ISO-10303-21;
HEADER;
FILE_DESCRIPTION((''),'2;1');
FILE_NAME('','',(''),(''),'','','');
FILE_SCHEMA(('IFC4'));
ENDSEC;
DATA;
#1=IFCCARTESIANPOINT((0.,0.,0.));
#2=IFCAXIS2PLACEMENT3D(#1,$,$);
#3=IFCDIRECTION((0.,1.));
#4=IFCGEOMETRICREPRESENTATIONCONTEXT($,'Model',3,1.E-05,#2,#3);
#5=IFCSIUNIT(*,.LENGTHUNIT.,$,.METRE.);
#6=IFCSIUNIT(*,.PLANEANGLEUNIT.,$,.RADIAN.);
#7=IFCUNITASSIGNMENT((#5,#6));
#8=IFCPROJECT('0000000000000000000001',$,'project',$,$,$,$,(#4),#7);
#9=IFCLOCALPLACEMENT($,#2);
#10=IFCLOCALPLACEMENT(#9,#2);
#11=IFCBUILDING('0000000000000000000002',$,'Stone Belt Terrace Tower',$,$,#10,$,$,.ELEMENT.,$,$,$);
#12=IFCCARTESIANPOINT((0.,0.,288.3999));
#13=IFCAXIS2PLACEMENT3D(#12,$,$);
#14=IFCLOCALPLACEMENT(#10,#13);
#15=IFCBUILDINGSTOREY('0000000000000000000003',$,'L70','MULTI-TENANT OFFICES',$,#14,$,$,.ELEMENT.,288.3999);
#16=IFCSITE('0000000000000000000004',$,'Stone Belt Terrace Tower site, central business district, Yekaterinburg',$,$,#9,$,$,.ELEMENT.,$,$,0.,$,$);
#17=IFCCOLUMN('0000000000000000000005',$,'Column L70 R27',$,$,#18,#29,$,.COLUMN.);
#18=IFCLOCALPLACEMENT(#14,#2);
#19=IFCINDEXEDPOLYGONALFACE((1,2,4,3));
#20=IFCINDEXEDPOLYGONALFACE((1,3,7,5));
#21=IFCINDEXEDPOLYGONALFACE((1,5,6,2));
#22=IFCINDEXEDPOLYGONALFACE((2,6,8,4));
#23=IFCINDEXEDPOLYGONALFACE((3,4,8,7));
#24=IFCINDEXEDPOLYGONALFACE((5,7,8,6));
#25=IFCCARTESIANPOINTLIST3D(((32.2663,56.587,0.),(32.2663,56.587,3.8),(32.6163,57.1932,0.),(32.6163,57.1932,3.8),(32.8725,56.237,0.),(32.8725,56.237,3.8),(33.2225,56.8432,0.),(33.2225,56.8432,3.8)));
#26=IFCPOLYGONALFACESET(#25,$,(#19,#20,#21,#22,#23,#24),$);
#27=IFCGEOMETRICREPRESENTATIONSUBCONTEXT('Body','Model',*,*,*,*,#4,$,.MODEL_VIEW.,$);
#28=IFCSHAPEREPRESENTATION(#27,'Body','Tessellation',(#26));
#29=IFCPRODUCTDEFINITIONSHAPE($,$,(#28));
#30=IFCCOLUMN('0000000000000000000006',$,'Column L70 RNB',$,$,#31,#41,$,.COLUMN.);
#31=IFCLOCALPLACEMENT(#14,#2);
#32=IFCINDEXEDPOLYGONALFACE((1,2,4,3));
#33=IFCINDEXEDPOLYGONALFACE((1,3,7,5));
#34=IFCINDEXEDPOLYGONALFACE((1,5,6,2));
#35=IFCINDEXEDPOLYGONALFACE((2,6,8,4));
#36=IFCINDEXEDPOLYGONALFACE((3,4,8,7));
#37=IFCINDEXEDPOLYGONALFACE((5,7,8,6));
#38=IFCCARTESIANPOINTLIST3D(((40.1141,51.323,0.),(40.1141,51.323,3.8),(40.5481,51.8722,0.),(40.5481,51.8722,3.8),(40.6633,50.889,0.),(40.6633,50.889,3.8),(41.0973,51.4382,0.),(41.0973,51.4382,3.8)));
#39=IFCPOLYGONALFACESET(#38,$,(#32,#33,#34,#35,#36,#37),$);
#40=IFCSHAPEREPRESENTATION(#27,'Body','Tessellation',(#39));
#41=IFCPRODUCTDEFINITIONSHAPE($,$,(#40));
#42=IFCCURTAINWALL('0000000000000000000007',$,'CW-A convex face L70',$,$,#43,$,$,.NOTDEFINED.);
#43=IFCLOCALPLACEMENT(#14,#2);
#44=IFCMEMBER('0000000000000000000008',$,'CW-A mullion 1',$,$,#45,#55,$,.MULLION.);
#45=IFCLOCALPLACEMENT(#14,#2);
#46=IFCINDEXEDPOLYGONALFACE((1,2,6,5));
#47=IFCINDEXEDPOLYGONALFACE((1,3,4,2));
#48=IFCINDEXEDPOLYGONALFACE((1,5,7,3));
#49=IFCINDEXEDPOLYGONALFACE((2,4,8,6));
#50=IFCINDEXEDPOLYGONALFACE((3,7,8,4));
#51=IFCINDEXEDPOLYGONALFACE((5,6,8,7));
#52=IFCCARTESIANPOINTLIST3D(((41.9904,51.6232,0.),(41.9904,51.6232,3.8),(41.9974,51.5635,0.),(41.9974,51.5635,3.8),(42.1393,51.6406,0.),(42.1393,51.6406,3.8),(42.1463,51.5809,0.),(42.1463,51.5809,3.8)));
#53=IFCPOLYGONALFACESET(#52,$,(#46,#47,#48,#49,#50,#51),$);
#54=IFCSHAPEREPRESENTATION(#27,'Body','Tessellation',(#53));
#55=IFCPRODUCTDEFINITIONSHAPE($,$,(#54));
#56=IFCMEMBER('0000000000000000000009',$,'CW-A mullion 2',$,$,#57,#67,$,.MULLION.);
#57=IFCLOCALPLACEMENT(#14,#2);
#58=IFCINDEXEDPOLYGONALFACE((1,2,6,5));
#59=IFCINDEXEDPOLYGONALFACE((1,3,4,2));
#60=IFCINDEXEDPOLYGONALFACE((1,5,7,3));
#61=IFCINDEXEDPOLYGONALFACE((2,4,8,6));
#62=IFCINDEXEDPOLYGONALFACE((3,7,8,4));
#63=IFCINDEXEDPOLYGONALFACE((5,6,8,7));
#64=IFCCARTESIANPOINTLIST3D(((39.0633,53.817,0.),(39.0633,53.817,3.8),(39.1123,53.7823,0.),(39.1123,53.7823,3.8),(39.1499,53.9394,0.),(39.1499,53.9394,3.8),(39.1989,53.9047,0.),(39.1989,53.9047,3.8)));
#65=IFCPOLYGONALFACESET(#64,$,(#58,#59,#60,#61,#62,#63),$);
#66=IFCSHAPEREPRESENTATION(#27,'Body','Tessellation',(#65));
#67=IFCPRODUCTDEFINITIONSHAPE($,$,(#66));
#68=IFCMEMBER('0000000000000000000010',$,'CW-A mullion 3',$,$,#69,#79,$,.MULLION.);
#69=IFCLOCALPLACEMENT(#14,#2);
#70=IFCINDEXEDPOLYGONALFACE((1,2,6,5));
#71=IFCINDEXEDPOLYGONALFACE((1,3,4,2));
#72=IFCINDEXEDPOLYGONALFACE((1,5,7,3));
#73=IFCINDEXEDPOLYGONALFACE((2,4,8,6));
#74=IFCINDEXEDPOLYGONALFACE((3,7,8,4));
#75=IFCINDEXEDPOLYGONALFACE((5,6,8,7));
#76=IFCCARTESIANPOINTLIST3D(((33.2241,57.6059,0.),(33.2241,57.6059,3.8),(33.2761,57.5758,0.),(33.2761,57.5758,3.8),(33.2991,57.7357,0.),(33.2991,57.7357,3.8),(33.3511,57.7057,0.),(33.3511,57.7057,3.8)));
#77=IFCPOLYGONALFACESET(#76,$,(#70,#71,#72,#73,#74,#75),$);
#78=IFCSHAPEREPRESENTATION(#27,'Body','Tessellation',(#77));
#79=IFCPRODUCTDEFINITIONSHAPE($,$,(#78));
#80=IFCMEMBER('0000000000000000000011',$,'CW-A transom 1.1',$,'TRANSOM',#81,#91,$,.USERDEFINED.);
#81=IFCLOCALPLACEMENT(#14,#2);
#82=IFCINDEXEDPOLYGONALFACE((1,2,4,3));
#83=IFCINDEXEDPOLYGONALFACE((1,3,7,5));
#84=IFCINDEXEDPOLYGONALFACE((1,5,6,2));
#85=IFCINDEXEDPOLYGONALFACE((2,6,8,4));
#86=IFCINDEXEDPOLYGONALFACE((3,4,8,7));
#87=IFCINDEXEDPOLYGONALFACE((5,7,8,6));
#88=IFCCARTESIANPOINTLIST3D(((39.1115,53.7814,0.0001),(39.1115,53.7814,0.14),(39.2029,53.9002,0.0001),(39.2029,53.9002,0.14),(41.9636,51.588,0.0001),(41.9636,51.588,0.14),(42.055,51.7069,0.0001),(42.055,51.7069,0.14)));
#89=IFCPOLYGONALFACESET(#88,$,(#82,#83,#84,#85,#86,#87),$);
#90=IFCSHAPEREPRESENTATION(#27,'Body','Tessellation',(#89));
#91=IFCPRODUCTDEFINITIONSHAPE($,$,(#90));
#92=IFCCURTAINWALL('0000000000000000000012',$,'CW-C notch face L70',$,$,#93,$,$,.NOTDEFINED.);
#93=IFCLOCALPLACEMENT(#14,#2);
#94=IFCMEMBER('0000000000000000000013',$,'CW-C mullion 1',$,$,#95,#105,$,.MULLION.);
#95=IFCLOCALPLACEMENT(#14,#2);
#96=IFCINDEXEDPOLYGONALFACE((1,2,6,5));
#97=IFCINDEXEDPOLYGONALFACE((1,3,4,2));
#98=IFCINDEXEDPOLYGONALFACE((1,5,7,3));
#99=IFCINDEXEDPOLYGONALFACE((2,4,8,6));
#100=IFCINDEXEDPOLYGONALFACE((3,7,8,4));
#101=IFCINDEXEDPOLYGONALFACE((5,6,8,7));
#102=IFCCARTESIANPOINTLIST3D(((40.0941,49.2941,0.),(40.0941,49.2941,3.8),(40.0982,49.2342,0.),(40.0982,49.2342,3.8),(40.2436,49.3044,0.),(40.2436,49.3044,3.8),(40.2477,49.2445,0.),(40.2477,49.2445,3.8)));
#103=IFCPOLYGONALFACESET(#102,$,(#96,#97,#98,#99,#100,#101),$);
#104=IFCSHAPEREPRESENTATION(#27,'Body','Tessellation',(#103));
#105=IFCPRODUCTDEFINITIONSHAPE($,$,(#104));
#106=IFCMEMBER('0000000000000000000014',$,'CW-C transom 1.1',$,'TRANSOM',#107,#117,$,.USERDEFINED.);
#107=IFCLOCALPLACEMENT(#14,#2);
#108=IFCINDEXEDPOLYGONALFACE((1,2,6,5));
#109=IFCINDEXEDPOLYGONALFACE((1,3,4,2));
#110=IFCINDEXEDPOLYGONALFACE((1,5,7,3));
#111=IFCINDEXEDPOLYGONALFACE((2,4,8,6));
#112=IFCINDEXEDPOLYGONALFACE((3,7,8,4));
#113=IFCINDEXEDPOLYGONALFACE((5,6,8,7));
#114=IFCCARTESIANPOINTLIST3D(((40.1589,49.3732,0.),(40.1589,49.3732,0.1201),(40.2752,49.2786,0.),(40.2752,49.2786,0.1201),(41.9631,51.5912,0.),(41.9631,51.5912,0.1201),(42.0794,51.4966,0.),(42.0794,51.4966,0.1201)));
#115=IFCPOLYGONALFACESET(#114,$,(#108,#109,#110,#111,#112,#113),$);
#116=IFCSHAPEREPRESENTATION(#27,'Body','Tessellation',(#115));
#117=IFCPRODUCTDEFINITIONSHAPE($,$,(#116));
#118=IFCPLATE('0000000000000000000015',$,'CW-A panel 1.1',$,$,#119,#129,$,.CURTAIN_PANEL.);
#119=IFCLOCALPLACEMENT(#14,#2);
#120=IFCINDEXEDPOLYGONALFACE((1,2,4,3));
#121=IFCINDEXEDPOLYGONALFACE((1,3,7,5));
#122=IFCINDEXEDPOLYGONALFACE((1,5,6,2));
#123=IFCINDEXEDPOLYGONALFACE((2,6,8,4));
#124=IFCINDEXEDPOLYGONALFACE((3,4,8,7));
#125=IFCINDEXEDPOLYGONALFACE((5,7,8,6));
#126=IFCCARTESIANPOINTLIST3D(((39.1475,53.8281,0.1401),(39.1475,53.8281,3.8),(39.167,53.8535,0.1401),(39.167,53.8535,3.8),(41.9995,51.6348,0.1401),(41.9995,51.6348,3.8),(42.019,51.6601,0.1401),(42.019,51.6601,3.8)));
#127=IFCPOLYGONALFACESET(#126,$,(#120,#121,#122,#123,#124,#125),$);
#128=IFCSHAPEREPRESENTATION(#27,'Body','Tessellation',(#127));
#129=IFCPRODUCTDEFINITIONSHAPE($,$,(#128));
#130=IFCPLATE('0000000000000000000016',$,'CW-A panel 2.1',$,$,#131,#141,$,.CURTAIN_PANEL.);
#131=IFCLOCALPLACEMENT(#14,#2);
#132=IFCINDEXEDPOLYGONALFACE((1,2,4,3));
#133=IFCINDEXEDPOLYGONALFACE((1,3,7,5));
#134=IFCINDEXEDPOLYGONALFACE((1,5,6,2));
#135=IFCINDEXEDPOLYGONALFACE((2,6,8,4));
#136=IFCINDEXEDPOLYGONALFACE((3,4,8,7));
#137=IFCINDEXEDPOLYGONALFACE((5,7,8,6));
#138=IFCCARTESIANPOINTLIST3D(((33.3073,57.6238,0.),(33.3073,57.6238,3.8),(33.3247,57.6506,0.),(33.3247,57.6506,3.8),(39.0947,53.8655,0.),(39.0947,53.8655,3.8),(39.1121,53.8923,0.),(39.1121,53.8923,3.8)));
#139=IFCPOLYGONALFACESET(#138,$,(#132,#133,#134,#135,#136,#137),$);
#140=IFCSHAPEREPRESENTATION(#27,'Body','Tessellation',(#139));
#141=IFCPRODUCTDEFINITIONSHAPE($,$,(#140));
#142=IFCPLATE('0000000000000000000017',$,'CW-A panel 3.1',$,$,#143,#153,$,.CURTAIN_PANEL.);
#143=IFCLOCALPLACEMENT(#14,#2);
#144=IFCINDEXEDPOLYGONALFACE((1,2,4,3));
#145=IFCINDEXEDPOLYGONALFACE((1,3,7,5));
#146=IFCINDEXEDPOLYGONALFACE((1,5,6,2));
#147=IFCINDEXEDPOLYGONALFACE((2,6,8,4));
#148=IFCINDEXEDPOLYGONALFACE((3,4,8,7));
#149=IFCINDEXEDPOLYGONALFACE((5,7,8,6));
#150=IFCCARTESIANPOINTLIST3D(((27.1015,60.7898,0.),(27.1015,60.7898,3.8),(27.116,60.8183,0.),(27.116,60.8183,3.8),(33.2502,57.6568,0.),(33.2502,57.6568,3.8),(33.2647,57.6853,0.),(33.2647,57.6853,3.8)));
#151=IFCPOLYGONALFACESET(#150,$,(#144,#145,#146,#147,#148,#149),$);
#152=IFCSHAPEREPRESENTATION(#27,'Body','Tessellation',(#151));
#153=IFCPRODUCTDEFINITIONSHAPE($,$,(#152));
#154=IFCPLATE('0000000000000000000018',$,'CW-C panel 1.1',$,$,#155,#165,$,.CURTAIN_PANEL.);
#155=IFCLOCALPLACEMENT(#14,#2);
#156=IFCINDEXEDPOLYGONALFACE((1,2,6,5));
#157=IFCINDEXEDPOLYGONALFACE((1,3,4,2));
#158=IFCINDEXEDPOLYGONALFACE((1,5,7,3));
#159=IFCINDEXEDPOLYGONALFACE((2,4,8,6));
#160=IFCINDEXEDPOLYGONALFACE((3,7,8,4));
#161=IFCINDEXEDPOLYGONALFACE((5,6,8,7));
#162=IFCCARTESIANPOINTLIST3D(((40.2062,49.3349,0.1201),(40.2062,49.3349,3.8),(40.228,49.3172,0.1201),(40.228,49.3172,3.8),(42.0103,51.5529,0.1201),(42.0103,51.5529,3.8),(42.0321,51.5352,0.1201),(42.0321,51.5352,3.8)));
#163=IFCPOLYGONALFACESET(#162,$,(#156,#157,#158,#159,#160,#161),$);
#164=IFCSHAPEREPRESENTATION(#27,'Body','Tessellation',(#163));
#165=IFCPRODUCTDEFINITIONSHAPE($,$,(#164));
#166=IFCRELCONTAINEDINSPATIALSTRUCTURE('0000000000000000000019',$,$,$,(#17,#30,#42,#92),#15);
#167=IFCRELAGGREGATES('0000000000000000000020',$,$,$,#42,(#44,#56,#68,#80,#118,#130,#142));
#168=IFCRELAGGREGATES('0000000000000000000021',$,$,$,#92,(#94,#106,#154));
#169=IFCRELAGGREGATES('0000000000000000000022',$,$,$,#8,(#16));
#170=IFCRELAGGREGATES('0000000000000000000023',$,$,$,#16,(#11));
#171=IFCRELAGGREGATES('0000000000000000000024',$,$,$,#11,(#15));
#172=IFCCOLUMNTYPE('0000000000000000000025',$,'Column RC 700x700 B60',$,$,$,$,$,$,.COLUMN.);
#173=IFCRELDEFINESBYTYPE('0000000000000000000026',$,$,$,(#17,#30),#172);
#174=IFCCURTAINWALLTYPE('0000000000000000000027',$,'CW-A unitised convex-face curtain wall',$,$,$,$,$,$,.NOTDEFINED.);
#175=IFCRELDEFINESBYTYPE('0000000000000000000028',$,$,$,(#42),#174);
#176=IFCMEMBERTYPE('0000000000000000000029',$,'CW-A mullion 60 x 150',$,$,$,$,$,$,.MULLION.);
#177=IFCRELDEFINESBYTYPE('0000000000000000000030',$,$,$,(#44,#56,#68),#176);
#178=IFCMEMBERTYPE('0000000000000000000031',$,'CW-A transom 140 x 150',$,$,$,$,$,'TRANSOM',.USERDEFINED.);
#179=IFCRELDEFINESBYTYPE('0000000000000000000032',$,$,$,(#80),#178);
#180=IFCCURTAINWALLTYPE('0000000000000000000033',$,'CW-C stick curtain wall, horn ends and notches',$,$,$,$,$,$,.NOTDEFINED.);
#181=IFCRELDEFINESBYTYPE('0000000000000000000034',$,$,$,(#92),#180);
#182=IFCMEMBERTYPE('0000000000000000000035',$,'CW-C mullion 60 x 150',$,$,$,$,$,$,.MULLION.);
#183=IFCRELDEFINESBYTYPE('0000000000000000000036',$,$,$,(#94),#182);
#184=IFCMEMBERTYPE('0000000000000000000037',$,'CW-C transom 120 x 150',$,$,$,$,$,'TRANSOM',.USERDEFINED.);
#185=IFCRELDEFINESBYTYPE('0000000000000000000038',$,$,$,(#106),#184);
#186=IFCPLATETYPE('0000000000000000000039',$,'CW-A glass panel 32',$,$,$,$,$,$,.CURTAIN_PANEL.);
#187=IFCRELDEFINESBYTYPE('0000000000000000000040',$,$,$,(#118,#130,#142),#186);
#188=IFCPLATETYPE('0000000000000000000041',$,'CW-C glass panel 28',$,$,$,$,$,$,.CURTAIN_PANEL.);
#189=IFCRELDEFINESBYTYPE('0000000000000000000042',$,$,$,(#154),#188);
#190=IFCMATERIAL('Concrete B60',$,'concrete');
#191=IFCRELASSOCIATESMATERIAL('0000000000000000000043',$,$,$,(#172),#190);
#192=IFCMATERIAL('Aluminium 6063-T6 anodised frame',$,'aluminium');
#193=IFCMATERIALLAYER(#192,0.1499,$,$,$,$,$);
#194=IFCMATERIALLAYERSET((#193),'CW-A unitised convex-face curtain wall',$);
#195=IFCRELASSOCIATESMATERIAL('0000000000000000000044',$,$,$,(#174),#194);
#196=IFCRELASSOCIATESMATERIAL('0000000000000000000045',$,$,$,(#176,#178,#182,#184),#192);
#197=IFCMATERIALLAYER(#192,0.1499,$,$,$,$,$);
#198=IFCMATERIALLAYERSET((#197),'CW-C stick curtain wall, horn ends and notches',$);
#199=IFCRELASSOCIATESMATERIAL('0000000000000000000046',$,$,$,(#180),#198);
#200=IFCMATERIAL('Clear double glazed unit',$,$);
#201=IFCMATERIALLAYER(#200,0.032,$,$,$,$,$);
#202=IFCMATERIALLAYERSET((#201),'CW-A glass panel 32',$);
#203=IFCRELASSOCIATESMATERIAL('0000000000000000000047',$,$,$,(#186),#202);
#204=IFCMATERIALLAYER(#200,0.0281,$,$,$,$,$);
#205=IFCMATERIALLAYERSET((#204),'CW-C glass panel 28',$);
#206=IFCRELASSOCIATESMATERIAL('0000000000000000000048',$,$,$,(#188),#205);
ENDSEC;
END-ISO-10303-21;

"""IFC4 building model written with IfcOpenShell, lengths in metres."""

from ifc_helpers import new_model, si_unit, direction, frame, origin, origin_2d, place, context, subcontext, project, spatial, rectangle, extrude, material, layer, layer_set, material_profile, profile_set, type_object, element, aggregate, save


model = new_model("IFC4")

# Units and contexts
model_context = context("Model", 3, precision=1e-05, world=origin(), true_north=direction((0.0, 1.0)))
body_context = subcontext(model_context, "Body", "Model", "MODEL_VIEW")
ifc_project = project(units=[si_unit("LENGTHUNIT", "METRE"), si_unit("PLANEANGLEUNIT", "RADIAN")], contexts=[model_context])

# Site, building, storey
site_placement = place(None, origin())
site = spatial("IfcSite", under=ifc_project, at=site_placement, Name="Stone Belt Terrace Tower site, central business district, Yekaterinburg", CompositionType="ELEMENT", RefElevation=0.0)
building_placement = place(site_placement, origin())
building = spatial("IfcBuilding", under=site, at=building_placement, Name="Stone Belt Terrace Tower", CompositionType="ELEMENT")
storey_placement = place(building_placement, frame((0.0, 0.0, 288.3999)))
storey = spatial("IfcBuildingStorey", under=building, at=storey_placement, Name="L70", Description="MULTI-TENANT OFFICES", CompositionType="ELEMENT", Elevation=288.3999)

# Columns
ifc_material_1 = material(Name="Concrete B60", Category="concrete")
ifc_material_profile_1 = material_profile(ifc_material_1, rectangle(XDim=0.7, YDim=0.7, at=origin_2d()), Name="RC 700x700")
ifc_profile_set_1 = profile_set([ifc_material_profile_1], Name="Concrete B60")
column_type = type_object("IfcColumnType", Name="Column RC 700x700 B60", PredefinedType="COLUMN", material=ifc_profile_set_1)
for number, where, z_axis, x_axis, name in (
    (1, (32.7444, 56.7151, 0.0), (0.0, 0.0, 1.0), (0.866025, -0.5, 0.0), "Column L70 R27"),
    (2, (40.6057, 51.3806, 0.0), (0.0, 0.0, 1.0), (0.78457, -0.620041, 0.0), "Column L70 RNB"),
):
    element("IfcColumn", number, at=place(storey_placement, frame(where, z_axis=z_axis, x_axis=x_axis)), inside=storey, type_object=column_type, Name=name, PredefinedType="COLUMN", context=body_context, shape_type="SweptSolid", body=[
        extrude(rectangle(XDim=0.7, YDim=0.7, at=origin_2d()), origin(), (0.0, 0.0, 1.0), 3.8),
    ])

# Curtain walls, members
ifc_material_2 = material(Name="Aluminium 6063-T6 anodised frame", Category="aluminium")
ifc_layer_1 = layer(ifc_material_2, 0.1499)
ifc_layer_set_1 = layer_set([ifc_layer_1], Name="CW-A unitised convex-face curtain wall")
curtain_wall_type_1 = type_object("IfcCurtainWallType", Name="CW-A unitised convex-face curtain wall", PredefinedType="NOTDEFINED", material=ifc_layer_set_1)
curtain_wall_1_placement = place(storey_placement, origin())
curtain_wall_1 = element("IfcCurtainWall", 3, at=curtain_wall_1_placement, inside=storey, type_object=curtain_wall_type_1, Name="CW-A convex face L70", PredefinedType="NOTDEFINED")
ifc_material_profile_2 = material_profile(ifc_material_2, rectangle(XDim=0.1499, YDim=0.0601, at=origin_2d()), Name="Aluminium 6063-T6 60x150")
ifc_profile_set_2 = profile_set([ifc_material_profile_2], Name="Aluminium 6063-T6 anodised frame")
member_type_1 = type_object("IfcMemberType", Name="CW-A mullion 60 x 150", PredefinedType="MULLION", material=ifc_profile_set_2)
member_1_placement = place(storey_placement, frame((42.0684, 51.6021, 0.0), z_axis=(0.0, 0.0, 1.0), x_axis=(-0.993258, -0.115925, 0.0)))
member_1 = element("IfcMember", 4, at=member_1_placement, type_object=member_type_1, Name="CW-A mullion 1", PredefinedType="MULLION", context=body_context, shape_type="SweptSolid", body=[
    extrude(rectangle(XDim=0.1499, YDim=0.0601, at=origin_2d()), origin(), (0.0, 0.0, 1.0), 3.8),
])
member_2_placement = place(storey_placement, frame((39.1311, 53.8608, 0.0), z_axis=(0.0, 0.0, 1.0), x_axis=(-0.577587, -0.816329, 0.0)))
member_2 = element("IfcMember", 5, at=member_2_placement, type_object=member_type_1, Name="CW-A mullion 2", PredefinedType="MULLION", context=body_context, shape_type="SweptSolid", body=[
    extrude(rectangle(XDim=0.1499, YDim=0.0601, at=origin_2d()), origin(), (0.0, 0.0, 1.0), 3.8),
])
member_3_placement = place(storey_placement, frame((33.2876, 57.6558, 0.0), z_axis=(0.0, 0.0, 1.0), x_axis=(-0.5, -0.866025, 0.0)))
member_3 = element("IfcMember", 6, at=member_3_placement, type_object=member_type_1, Name="CW-A mullion 3", PredefinedType="MULLION", context=body_context, shape_type="SweptSolid", body=[
    extrude(rectangle(XDim=0.1499, YDim=0.0601, at=origin_2d()), origin(), (0.0, 0.0, 1.0), 3.8),
])
ifc_material_profile_3 = material_profile(ifc_material_2, rectangle(XDim=0.1499, YDim=0.1399, at=origin_2d()), Name="Aluminium 6063-T6 150x140")
ifc_profile_set_3 = profile_set([ifc_material_profile_3], Name="Aluminium 6063-T6 anodised frame")
member_type_2 = type_object("IfcMemberType", Name="CW-A transom 140 x 150", ElementType="TRANSOM", PredefinedType="USERDEFINED", material=ifc_profile_set_3)
member_4_placement = place(storey_placement, frame((42.0093, 51.6475, 0.0701), z_axis=(-0.792695, 0.609619, 0.0), x_axis=(-0.609619, -0.792695, 0.0)))
member_4 = element("IfcMember", 7, at=member_4_placement, type_object=member_type_2, Name="CW-A transom 1.1", ObjectType="TRANSOM", PredefinedType="USERDEFINED", context=body_context, shape_type="SweptSolid", body=[
    extrude(rectangle(XDim=0.1499, YDim=0.1399, at=origin_2d()), origin(), (0.0, 0.0, 1.0), 3.5979),
])
ifc_layer_2 = layer(ifc_material_2, 0.1499)
ifc_layer_set_2 = layer_set([ifc_layer_2], Name="CW-C stick curtain wall, horn ends and notches")
curtain_wall_type_2 = type_object("IfcCurtainWallType", Name="CW-C stick curtain wall, horn ends and notches", PredefinedType="NOTDEFINED", material=ifc_layer_set_2)
curtain_wall_2_placement = place(storey_placement, origin())
curtain_wall_2 = element("IfcCurtainWall", 8, at=curtain_wall_2_placement, inside=storey, type_object=curtain_wall_type_2, Name="CW-C notch face L70", PredefinedType="NOTDEFINED")
ifc_material_profile_4 = material_profile(ifc_material_2, rectangle(XDim=0.1499, YDim=0.0601, at=origin_2d()), Name="Aluminium 6063-T6 60x150")
ifc_profile_set_4 = profile_set([ifc_material_profile_4], Name="Aluminium 6063-T6 anodised frame")
member_type_3 = type_object("IfcMemberType", Name="CW-C mullion 60 x 150", PredefinedType="MULLION", material=ifc_profile_set_4)
member_5_placement = place(storey_placement, frame((40.1709, 49.2693, 0.0), z_axis=(0.0, 0.0, 1.0), x_axis=(-0.99764, -0.068666, 0.0)))
member_5 = element("IfcMember", 9, at=member_5_placement, type_object=member_type_3, Name="CW-C mullion 1", PredefinedType="MULLION", context=body_context, shape_type="SweptSolid", body=[
    extrude(rectangle(XDim=0.1499, YDim=0.0601, at=origin_2d()), origin(), (0.0, 0.0, 1.0), 3.8),
])
ifc_material_profile_5 = material_profile(ifc_material_2, rectangle(XDim=0.1499, YDim=0.1201, at=origin_2d()), Name="Aluminium 6063-T6 150x120")
ifc_profile_set_5 = profile_set([ifc_material_profile_5], Name="Aluminium 6063-T6 anodised frame")
member_type_4 = type_object("IfcMemberType", Name="CW-C transom 120 x 150", ElementType="TRANSOM", PredefinedType="USERDEFINED", material=ifc_profile_set_5)
member_6_placement = place(storey_placement, frame((40.217, 49.3259, 0.0601), z_axis=(0.631027, 0.775761, 0.0), x_axis=(-0.775761, 0.631027, 0.0)))
member_6 = element("IfcMember", 10, at=member_6_placement, type_object=member_type_4, Name="CW-C transom 1.1", ObjectType="TRANSOM", PredefinedType="USERDEFINED", context=body_context, shape_type="SweptSolid", body=[
    extrude(rectangle(XDim=0.1499, YDim=0.1201, at=origin_2d()), origin(), (0.0, 0.0, 1.0), 2.8591),
])

# Plates
ifc_material_3 = material(Name="Clear double glazed unit")
ifc_layer_3 = layer(ifc_material_3, 0.032)
ifc_layer_set_3 = layer_set([ifc_layer_3], Name="CW-A glass panel 32")
plate_type_1 = type_object("IfcPlateType", Name="CW-A glass panel 32", PredefinedType="CURTAIN_PANEL", material=ifc_layer_set_3)
plate_1_placement = place(storey_placement, frame((40.5833, 52.7441, 0.1401), z_axis=(0.0, 0.0, 1.0), x_axis=(-0.792694, 0.60962, 0.0)))
plate_1 = element("IfcPlate", 11, at=plate_1_placement, type_object=plate_type_1, Name="CW-A panel 1.1", PredefinedType="CURTAIN_PANEL", context=body_context, shape_type="SweptSolid", body=[
    extrude(rectangle(XDim=3.5979, YDim=0.032, at=origin_2d()), origin(), (0.0, 0.0, 1.0), 3.6599),
])
plate_2_placement = place(storey_placement, frame((36.2097, 55.7581, 0.0), z_axis=(0.0, 0.0, 1.0), x_axis=(-0.838671, 0.544639, 0.0)))
plate_2 = element("IfcPlate", 12, at=plate_2_placement, type_object=plate_type_1, Name="CW-A panel 2.1", PredefinedType="CURTAIN_PANEL", context=body_context, shape_type="SweptSolid", body=[
    extrude(rectangle(XDim=6.9006, YDim=0.032, at=origin_2d()), origin(), (0.0, 0.0, 1.0), 3.8),
])
plate_3_placement = place(storey_placement, frame((30.1831, 59.2375, 0.0), z_axis=(0.0, 0.0, 1.0), x_axis=(-0.891007, 0.45399, 0.0)))
plate_3 = element("IfcPlate", 13, at=plate_3_placement, type_object=plate_type_1, Name="CW-A panel 3.1", PredefinedType="CURTAIN_PANEL", context=body_context, shape_type="SweptSolid", body=[
    extrude(rectangle(XDim=6.9009, YDim=0.032, at=origin_2d()), origin(), (0.0, 0.0, 1.0), 3.8),
])
aggregate(curtain_wall_1, [member_1, member_2, member_3, member_4, plate_1, plate_2, plate_3])
ifc_layer_4 = layer(ifc_material_3, 0.0281)
ifc_layer_set_4 = layer_set([ifc_layer_4], Name="CW-C glass panel 28")
plate_type_2 = type_object("IfcPlateType", Name="CW-C glass panel 28", PredefinedType="CURTAIN_PANEL", material=ifc_layer_set_4)
plate_4_placement = place(storey_placement, frame((41.1191, 50.4351, 0.1201), z_axis=(0.0, 0.0, 1.0), x_axis=(0.631001, 0.775782, 0.0)))
plate_4 = element("IfcPlate", 14, at=plate_4_placement, type_object=plate_type_2, Name="CW-C panel 1.1", PredefinedType="CURTAIN_PANEL", context=body_context, shape_type="SweptSolid", body=[
    extrude(rectangle(XDim=2.8591, YDim=0.0281, at=origin_2d()), origin(), (0.0, 0.0, 1.0), 3.6799),
])
aggregate(curtain_wall_2, [member_5, member_6, plate_4])

save(model, "model.ifc")
